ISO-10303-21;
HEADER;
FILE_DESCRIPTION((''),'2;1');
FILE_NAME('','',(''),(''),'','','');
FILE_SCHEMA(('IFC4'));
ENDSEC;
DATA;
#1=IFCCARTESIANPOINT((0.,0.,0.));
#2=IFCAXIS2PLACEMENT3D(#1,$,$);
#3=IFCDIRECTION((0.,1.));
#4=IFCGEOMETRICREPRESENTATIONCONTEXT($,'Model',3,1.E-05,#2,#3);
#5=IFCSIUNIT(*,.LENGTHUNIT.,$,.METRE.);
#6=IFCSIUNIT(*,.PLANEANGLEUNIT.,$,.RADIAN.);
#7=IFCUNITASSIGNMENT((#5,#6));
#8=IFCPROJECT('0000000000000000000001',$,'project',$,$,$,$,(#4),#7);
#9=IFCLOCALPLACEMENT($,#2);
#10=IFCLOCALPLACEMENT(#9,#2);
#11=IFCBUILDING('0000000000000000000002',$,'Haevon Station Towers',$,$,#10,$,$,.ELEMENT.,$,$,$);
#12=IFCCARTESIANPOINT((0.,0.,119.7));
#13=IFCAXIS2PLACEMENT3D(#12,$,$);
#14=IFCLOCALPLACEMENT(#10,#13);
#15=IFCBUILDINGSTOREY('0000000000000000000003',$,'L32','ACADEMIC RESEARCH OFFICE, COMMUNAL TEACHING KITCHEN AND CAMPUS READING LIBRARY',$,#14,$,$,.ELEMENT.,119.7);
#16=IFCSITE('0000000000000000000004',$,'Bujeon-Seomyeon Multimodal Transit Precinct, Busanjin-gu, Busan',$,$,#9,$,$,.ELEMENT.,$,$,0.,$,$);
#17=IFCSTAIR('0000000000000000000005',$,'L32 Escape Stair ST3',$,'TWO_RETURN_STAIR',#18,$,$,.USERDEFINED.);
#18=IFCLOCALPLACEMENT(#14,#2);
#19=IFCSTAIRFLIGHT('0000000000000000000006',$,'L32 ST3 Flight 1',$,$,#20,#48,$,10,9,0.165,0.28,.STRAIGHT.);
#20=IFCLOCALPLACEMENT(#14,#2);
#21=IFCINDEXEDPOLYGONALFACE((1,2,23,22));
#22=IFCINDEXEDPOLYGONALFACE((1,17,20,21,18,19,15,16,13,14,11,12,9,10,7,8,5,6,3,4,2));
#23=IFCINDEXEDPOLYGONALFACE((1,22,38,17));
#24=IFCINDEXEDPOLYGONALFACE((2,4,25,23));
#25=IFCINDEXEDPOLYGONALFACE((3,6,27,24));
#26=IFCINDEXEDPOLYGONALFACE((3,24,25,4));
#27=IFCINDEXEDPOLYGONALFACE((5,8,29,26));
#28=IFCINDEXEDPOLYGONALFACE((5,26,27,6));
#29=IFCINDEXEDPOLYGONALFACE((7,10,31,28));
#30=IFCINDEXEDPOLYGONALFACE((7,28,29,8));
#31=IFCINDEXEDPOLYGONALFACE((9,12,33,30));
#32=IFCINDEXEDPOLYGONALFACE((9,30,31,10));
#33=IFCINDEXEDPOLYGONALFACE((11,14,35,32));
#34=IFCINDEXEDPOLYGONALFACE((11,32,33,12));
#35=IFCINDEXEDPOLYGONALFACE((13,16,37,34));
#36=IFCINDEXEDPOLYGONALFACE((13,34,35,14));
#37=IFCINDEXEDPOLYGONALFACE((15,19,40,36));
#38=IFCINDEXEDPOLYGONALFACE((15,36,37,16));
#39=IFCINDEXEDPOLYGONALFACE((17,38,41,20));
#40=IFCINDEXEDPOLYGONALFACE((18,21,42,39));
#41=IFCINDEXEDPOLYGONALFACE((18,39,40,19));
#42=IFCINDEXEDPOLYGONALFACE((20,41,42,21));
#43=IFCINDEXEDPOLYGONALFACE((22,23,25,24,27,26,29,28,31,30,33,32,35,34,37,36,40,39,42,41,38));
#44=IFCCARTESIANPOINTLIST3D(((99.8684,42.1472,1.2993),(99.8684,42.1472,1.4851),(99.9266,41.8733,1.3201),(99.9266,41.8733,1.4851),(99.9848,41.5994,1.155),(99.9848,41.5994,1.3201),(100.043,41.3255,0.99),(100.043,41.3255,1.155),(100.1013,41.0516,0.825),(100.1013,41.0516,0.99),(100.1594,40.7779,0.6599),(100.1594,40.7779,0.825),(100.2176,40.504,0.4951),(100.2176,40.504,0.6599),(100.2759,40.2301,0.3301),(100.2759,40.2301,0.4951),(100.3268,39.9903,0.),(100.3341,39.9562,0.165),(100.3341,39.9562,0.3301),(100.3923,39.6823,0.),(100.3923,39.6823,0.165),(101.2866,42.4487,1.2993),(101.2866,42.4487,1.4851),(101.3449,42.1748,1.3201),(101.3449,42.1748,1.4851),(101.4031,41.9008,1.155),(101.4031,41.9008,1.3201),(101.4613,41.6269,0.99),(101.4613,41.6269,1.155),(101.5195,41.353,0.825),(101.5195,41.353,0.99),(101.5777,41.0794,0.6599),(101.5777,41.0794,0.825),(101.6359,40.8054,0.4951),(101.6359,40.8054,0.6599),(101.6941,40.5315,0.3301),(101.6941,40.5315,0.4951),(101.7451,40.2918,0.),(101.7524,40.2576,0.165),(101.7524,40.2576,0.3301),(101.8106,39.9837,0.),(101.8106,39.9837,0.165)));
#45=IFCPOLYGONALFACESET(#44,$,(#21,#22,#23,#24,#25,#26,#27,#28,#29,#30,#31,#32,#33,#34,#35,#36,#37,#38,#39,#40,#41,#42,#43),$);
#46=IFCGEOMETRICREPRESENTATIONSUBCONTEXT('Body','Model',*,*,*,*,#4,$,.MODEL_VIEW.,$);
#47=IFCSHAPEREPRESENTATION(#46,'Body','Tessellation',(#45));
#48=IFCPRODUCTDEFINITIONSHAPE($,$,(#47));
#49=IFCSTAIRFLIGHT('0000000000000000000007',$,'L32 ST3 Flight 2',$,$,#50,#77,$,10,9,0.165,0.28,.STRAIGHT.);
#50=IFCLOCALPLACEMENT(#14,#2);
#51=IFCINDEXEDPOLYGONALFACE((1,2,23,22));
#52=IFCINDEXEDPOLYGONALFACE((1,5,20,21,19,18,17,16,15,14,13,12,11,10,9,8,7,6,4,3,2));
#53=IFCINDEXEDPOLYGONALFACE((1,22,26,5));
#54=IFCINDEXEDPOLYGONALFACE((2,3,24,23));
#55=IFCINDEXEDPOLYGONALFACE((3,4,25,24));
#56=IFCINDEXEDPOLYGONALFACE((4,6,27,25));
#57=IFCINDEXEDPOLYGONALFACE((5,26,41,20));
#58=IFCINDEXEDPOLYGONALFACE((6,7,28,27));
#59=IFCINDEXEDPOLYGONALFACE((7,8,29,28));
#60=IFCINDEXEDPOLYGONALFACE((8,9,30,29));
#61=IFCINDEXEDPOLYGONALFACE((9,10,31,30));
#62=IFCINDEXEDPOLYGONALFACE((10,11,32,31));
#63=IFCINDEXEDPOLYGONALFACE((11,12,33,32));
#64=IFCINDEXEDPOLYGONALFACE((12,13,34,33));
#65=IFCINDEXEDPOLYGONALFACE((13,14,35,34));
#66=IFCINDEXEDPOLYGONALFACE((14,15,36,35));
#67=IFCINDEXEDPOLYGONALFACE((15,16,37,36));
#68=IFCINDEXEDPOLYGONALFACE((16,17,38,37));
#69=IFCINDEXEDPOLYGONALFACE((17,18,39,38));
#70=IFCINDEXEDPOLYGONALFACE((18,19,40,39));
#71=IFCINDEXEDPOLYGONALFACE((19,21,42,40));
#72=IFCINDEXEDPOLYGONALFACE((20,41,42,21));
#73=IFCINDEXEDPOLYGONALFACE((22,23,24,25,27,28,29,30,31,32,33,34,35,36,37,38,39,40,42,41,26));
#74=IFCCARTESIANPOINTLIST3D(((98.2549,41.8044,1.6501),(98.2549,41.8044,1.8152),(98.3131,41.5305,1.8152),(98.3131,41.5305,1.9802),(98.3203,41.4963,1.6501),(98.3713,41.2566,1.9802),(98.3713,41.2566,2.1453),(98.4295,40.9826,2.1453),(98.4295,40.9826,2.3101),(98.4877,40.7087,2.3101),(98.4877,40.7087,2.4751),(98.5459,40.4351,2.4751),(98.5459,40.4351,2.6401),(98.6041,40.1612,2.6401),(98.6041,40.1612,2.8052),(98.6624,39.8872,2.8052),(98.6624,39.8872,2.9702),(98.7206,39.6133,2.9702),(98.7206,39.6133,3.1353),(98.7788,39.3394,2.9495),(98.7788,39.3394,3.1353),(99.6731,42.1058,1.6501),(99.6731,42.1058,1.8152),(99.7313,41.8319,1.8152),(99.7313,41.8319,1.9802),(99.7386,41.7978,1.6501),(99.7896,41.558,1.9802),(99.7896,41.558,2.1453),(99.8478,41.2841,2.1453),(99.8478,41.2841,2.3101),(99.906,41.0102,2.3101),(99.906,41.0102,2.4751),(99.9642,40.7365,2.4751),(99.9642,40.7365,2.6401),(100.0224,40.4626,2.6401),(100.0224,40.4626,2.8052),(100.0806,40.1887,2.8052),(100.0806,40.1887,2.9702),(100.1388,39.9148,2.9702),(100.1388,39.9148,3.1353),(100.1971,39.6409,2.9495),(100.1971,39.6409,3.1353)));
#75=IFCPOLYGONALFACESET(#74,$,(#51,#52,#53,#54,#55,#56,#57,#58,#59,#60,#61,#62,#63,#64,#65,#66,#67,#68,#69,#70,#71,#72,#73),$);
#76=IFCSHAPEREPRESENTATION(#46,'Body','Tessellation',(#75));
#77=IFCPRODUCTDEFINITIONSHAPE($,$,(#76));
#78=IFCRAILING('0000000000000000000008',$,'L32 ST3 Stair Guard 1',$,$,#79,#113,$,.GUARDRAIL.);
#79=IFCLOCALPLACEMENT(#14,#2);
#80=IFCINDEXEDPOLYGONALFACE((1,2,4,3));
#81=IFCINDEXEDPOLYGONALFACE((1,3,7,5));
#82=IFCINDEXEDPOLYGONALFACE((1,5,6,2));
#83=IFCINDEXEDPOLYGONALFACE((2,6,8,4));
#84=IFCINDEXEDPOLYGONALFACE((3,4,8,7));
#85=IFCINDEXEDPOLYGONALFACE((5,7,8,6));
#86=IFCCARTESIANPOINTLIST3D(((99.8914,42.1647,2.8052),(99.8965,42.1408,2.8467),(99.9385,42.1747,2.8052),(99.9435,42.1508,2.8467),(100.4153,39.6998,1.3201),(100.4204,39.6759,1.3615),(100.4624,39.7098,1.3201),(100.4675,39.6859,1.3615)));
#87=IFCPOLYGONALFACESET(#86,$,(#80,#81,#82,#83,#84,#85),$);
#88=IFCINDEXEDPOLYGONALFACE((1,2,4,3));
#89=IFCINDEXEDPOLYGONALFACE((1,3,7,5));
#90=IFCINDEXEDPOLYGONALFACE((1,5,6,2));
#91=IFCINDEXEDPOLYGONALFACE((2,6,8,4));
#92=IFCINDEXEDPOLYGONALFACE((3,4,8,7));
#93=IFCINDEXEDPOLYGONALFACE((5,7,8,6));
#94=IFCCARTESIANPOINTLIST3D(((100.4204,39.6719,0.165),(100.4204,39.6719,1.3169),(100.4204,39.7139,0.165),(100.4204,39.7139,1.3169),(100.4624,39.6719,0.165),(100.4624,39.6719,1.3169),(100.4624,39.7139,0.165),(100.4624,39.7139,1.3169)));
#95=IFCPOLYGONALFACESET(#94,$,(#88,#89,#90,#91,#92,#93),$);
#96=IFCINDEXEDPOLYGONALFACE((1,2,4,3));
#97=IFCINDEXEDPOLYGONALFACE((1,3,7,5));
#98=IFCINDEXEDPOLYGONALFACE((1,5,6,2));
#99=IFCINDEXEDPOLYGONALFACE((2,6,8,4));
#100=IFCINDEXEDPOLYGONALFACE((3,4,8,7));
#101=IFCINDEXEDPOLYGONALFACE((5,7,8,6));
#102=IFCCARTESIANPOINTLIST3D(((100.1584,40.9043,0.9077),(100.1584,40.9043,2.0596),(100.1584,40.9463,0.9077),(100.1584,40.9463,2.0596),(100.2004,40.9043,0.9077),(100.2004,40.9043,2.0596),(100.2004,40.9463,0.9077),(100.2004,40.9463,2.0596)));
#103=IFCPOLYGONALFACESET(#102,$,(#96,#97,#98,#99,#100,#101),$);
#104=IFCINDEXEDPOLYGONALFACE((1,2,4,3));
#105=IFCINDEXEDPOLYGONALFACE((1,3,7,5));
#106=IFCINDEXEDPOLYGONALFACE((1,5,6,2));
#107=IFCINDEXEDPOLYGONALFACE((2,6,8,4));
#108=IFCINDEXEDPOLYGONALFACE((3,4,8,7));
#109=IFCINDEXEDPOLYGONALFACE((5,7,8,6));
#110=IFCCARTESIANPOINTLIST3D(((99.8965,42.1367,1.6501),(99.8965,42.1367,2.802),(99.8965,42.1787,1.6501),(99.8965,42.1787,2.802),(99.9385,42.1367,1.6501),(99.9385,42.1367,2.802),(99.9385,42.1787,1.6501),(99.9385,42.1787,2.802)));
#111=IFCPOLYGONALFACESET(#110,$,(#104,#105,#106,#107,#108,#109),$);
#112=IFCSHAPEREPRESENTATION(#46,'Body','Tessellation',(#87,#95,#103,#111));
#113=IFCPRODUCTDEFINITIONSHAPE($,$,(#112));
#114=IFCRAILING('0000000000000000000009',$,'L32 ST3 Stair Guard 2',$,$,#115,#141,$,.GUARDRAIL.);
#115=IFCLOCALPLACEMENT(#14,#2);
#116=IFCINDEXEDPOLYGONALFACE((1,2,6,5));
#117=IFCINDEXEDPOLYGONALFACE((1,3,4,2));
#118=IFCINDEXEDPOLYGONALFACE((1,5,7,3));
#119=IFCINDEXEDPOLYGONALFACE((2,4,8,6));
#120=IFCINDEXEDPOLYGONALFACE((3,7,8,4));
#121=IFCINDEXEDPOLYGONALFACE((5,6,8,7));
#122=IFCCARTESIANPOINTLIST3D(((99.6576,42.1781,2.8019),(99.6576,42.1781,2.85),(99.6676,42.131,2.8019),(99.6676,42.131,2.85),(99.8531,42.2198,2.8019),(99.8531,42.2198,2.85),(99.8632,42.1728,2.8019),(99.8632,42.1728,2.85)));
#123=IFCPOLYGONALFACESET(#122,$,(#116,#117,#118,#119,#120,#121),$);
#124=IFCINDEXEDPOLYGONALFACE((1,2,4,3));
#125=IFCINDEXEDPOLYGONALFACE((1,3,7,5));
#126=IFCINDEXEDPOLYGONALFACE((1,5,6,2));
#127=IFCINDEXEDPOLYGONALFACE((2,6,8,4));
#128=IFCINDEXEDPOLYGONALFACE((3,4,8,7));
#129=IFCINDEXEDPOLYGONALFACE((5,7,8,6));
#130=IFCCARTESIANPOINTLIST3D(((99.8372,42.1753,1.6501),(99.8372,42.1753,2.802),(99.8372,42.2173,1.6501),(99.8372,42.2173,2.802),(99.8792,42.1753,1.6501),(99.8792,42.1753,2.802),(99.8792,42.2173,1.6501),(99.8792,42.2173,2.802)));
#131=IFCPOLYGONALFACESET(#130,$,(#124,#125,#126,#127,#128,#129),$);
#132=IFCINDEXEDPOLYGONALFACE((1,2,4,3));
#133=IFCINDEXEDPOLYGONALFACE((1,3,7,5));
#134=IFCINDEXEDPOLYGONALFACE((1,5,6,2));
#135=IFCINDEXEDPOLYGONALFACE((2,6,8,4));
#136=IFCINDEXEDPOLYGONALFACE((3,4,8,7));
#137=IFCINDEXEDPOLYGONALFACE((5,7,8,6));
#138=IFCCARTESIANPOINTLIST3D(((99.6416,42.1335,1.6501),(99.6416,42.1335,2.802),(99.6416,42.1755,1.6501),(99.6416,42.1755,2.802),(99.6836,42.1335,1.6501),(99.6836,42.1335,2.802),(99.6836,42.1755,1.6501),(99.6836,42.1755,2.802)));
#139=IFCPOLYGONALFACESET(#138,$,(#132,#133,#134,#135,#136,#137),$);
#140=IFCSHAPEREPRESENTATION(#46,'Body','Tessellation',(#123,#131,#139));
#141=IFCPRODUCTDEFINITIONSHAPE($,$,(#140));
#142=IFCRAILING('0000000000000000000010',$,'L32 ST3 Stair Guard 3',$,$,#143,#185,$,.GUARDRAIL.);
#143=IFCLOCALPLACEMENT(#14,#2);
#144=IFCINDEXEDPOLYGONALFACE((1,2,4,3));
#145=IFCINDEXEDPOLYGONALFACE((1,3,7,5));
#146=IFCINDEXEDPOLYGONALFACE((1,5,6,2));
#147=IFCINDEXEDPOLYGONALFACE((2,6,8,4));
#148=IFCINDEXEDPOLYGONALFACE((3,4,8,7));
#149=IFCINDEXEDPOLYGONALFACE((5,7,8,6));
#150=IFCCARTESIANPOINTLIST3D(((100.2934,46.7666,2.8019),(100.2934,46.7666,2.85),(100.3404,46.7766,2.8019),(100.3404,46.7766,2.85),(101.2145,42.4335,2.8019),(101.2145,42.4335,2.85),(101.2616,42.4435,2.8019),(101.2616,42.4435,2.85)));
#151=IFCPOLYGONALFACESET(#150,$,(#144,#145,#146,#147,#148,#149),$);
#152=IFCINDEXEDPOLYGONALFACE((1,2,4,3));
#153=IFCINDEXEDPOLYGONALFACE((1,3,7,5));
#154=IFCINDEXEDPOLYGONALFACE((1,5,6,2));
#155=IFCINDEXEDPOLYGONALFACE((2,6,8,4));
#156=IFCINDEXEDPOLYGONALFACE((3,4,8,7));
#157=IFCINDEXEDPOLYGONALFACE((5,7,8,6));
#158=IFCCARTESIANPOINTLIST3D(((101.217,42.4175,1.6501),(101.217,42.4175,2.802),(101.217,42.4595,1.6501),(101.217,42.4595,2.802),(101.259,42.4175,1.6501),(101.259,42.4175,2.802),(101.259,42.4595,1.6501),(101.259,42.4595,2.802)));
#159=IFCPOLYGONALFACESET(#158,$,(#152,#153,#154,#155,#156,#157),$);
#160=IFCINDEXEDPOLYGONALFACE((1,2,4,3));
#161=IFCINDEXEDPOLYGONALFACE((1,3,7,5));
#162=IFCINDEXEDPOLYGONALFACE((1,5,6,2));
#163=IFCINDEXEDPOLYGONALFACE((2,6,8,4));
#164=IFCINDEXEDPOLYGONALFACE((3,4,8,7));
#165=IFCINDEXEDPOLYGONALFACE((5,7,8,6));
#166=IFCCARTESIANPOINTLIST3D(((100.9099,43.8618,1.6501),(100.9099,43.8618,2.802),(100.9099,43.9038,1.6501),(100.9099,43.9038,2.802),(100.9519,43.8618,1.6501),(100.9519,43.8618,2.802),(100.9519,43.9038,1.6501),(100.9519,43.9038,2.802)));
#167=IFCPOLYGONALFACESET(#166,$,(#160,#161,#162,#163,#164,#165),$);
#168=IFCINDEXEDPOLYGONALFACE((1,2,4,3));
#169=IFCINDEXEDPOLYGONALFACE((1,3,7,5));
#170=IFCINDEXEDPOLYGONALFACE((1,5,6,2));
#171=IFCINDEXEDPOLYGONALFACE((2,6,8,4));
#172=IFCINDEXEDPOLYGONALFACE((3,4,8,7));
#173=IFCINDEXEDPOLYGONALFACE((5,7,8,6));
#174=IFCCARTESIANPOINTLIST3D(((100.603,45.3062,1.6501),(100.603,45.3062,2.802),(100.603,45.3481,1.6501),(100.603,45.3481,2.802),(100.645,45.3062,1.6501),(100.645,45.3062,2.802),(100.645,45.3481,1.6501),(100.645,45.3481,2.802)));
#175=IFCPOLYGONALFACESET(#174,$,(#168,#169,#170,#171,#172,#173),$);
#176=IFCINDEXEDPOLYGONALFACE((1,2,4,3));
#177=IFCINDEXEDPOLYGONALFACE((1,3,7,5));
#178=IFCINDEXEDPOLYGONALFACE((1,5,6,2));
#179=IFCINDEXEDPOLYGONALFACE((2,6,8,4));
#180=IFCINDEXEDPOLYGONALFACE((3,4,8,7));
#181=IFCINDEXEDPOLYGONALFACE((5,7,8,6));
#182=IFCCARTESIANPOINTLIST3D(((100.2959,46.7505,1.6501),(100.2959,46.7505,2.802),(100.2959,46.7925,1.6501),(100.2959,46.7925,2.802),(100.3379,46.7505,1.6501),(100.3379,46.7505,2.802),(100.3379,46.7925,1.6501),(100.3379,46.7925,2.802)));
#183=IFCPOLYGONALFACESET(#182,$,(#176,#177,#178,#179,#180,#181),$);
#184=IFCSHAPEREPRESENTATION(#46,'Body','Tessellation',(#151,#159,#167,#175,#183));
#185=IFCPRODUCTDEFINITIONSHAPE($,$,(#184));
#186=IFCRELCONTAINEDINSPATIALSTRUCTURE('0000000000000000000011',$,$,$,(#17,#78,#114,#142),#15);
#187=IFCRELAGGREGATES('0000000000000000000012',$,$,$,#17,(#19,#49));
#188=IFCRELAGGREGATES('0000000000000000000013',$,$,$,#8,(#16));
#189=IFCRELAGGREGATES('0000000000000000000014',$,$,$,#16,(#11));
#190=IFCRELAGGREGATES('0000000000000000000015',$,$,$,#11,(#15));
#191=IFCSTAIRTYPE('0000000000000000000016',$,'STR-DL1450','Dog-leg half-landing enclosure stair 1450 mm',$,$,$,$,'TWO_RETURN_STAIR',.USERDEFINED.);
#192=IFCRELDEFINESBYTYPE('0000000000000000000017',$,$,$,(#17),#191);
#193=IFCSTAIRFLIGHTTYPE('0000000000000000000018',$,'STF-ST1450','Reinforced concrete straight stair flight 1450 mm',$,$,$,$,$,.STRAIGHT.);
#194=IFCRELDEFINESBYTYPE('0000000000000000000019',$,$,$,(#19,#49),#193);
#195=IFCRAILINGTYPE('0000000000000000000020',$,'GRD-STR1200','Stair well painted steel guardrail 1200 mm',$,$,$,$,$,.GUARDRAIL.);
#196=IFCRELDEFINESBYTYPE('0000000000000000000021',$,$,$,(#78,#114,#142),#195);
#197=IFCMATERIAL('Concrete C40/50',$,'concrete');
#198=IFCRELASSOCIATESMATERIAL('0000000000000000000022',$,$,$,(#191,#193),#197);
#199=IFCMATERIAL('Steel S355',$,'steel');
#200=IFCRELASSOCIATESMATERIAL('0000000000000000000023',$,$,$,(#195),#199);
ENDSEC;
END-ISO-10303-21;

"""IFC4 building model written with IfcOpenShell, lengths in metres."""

from ifc_helpers import new_model, si_unit, direction, frame, origin, origin_2d, place, context, subcontext, project, spatial, polyline, rectangle, outline, extrude, material, type_object, element, aggregate, save


model = new_model("IFC4")

# Units and contexts
model_context = context("Model", 3, precision=1e-05, world=origin(), true_north=direction((0.0, 1.0)))
body_context = subcontext(model_context, "Body", "Model", "MODEL_VIEW")
ifc_project = project(units=[si_unit("LENGTHUNIT", "METRE"), si_unit("PLANEANGLEUNIT", "RADIAN")], contexts=[model_context])

# Site, building, storey
site_placement = place(None, origin())
site = spatial("IfcSite", under=ifc_project, at=site_placement, Name="Bujeon-Seomyeon Multimodal Transit Precinct, Busanjin-gu, Busan", CompositionType="ELEMENT", RefElevation=0.0)
building_placement = place(site_placement, origin())
building = spatial("IfcBuilding", under=site, at=building_placement, Name="Haevon Station Towers", CompositionType="ELEMENT")
storey_placement = place(building_placement, frame((0.0, 0.0, 119.7)))
storey = spatial("IfcBuildingStorey", under=building, at=storey_placement, Name="L32", Description="ACADEMIC RESEARCH OFFICE, COMMUNAL TEACHING KITCHEN AND CAMPUS READING LIBRARY", CompositionType="ELEMENT", Elevation=119.7)

# Shared definitions
ifc_material_1 = material(Name="Steel S355", Category="steel")

# Shared definitions
ifc_material_2 = material(Name="Concrete C40/50", Category="concrete")

# Stair, stair flights
stair_type = type_object("IfcStairType", Name="STR-DL1450", Description="Dog-leg half-landing enclosure stair 1450 mm", ElementType="TWO_RETURN_STAIR", PredefinedType="USERDEFINED", material=ifc_material_2)
stair_placement = place(storey_placement, origin())
stair = element("IfcStair", 1, at=stair_placement, inside=storey, type_object=stair_type, Name="L32 Escape Stair ST3", ObjectType="TWO_RETURN_STAIR", PredefinedType="USERDEFINED")
stair_flight_type = type_object("IfcStairFlightType", Name="STF-ST1450", Description="Reinforced concrete straight stair flight 1450 mm", PredefinedType="STRAIGHT", material=ifc_material_2)
stair_flight_1_placement = place(storey_placement, frame((101.1016, 39.833, 0.0), z_axis=(0.0, 0.0, 1.0), x_axis=(-0.207912, 0.978148, 0.0)))
stair_flight_1 = element("IfcStairFlight", 2, at=stair_flight_1_placement, type_object=stair_flight_type, Name="L32 ST3 Flight 1", NumberOfRisers=10, NumberOfTreads=9, PredefinedType="STRAIGHT", RiserHeight=0.165, TreadLength=0.28, context=body_context, shape_type="SweptSolid", body=[
    extrude(outline(polyline([(0.0, 0.0), (0.0, 0.165), (0.28, 0.165), (0.28, 0.3301), (0.5601, 0.3301), (0.5601, 0.4951), (0.8401, 0.4951), (0.8401, 0.6599), (1.1201, 0.6599), (1.1201, 0.825), (1.3999, 0.825), (1.3999, 0.99), (1.6799, 0.99), (1.6799, 1.155), (1.96, 1.155), (1.96, 1.3201), (2.24, 1.3201), (2.24, 1.4851), (2.52, 1.4851), (2.52, 1.6499), (2.52, 1.2993), (0.3149, 0.0), (0.0, 0.0)])), frame((0.0, 0.7251, 0.0), z_axis=(0.0, -1.0, 0.0), x_axis=(1.0, 0.0, 0.0)), (0.0, 0.0, 1.0), 1.45),
])
stair_flight_2_placement = place(storey_placement, frame((98.9639, 41.9551, 1.6501), z_axis=(0.0, 0.0, 1.0), x_axis=(0.207912, -0.978148, 0.0)))
stair_flight_2 = element("IfcStairFlight", 3, at=stair_flight_2_placement, type_object=stair_flight_type, Name="L32 ST3 Flight 2", NumberOfRisers=10, NumberOfTreads=9, PredefinedType="STRAIGHT", RiserHeight=0.165, TreadLength=0.28, context=body_context, shape_type="SweptSolid", body=[
    extrude(outline(polyline([(0.0, 0.0), (0.0, 0.165), (0.28, 0.165), (0.28, 0.3301), (0.5601, 0.3301), (0.5601, 0.4951), (0.8401, 0.4951), (0.8401, 0.6599), (1.1201, 0.6599), (1.1201, 0.825), (1.3999, 0.825), (1.3999, 0.99), (1.6799, 0.99), (1.6799, 1.155), (1.96, 1.155), (1.96, 1.3201), (2.24, 1.3201), (2.24, 1.4851), (2.52, 1.4851), (2.52, 1.6499), (2.52, 1.2993), (0.3149, 0.0), (0.0, 0.0)])), frame((0.0, 0.7251, 0.0), z_axis=(0.0, -1.0, 0.0), x_axis=(1.0, 0.0, 0.0)), (0.0, 0.0, 1.0), 1.45),
])
aggregate(stair, [stair_flight_1, stair_flight_2])

# Railings
railing_type_1 = type_object("IfcRailingType", Name="GRD-STR1200", Description="Stair well painted steel guardrail 1200 mm", PredefinedType="GUARDRAIL", material=ifc_material_1)
railing_1_placement = place(storey_placement, frame((100.4414, 39.6929, 0.165)))
element("IfcRailing", 4, at=railing_1_placement, inside=storey, type_object=railing_type_1, Name="L32 ST3 Stair Guard 1", PredefinedType="GUARDRAIL", context=body_context, shape_type="SweptSolid", body=[
    extrude(rectangle(XDim=0.0481, YDim=0.0481, at=origin_2d()), frame((0.0, 0.0, 1.1758), z_axis=(-0.179121, 0.842688, 0.507733), x_axis=(-0.978147, -0.207914, 0.0)), (0.0, 0.0, 1.0), 2.925),
    extrude(rectangle(XDim=0.042, YDim=0.042, at=origin_2d()), origin(), (0.0, 0.0, 1.0), 1.1519),
    extrude(rectangle(XDim=0.042, YDim=0.042, at=origin_2d()), frame((-0.262, 1.2324, 0.7427)), (0.0, 0.0, 1.0), 1.1519),
    extrude(rectangle(XDim=0.042, YDim=0.042, at=origin_2d()), frame((-0.5239, 2.4648, 1.4851)), (0.0, 0.0, 1.0), 1.1519),
])
railing_2_placement = place(storey_placement, frame((99.8582, 42.1963, 1.6501)))
element("IfcRailing", 5, at=railing_2_placement, inside=storey, type_object=railing_type_1, Name="L32 ST3 Stair Guard 2", PredefinedType="GUARDRAIL", context=body_context, shape_type="SweptSolid", body=[
    extrude(rectangle(XDim=0.0481, YDim=0.0481, at=origin_2d()), frame((0.0, 0.0, 1.1758), z_axis=(-0.977963, -0.208779, 0.0), x_axis=(0.208779, -0.977963, 0.0)), (0.0, 0.0, 1.0), 0.2),
    extrude(rectangle(XDim=0.042, YDim=0.042, at=origin_2d()), origin(), (0.0, 0.0, 1.0), 1.1519),
    extrude(rectangle(XDim=0.042, YDim=0.042, at=origin_2d()), frame((-0.1956, -0.0417, 0.0)), (0.0, 0.0, 1.0), 1.1519),
])
railing_3_placement = place(storey_placement, frame((101.238, 42.4385, 1.6501)))
element("IfcRailing", 6, at=railing_3_placement, inside=storey, type_object=railing_type_1, Name="L32 ST3 Stair Guard 3", PredefinedType="GUARDRAIL", context=body_context, shape_type="SweptSolid", body=[
    extrude(rectangle(XDim=0.0481, YDim=0.0481, at=origin_2d()), frame((0.0, 0.0, 1.1758), z_axis=(-0.20794, 0.978141, 0.0), x_axis=(-0.978141, -0.20794, 0.0)), (0.0, 0.0, 1.0), 4.4299),
    extrude(rectangle(XDim=0.042, YDim=0.042, at=origin_2d()), origin(), (0.0, 0.0, 1.0), 1.1519),
    extrude(rectangle(XDim=0.042, YDim=0.042, at=origin_2d()), frame((-0.3071, 1.4443, 0.0)), (0.0, 0.0, 1.0), 1.1519),
    extrude(rectangle(XDim=0.042, YDim=0.042, at=origin_2d()), frame((-0.614, 2.8887, 0.0)), (0.0, 0.0, 1.0), 1.1519),
    extrude(rectangle(XDim=0.042, YDim=0.042, at=origin_2d()), frame((-0.9211, 4.333, 0.0)), (0.0, 0.0, 1.0), 1.1519),
])

save(model, "model.ifc")
